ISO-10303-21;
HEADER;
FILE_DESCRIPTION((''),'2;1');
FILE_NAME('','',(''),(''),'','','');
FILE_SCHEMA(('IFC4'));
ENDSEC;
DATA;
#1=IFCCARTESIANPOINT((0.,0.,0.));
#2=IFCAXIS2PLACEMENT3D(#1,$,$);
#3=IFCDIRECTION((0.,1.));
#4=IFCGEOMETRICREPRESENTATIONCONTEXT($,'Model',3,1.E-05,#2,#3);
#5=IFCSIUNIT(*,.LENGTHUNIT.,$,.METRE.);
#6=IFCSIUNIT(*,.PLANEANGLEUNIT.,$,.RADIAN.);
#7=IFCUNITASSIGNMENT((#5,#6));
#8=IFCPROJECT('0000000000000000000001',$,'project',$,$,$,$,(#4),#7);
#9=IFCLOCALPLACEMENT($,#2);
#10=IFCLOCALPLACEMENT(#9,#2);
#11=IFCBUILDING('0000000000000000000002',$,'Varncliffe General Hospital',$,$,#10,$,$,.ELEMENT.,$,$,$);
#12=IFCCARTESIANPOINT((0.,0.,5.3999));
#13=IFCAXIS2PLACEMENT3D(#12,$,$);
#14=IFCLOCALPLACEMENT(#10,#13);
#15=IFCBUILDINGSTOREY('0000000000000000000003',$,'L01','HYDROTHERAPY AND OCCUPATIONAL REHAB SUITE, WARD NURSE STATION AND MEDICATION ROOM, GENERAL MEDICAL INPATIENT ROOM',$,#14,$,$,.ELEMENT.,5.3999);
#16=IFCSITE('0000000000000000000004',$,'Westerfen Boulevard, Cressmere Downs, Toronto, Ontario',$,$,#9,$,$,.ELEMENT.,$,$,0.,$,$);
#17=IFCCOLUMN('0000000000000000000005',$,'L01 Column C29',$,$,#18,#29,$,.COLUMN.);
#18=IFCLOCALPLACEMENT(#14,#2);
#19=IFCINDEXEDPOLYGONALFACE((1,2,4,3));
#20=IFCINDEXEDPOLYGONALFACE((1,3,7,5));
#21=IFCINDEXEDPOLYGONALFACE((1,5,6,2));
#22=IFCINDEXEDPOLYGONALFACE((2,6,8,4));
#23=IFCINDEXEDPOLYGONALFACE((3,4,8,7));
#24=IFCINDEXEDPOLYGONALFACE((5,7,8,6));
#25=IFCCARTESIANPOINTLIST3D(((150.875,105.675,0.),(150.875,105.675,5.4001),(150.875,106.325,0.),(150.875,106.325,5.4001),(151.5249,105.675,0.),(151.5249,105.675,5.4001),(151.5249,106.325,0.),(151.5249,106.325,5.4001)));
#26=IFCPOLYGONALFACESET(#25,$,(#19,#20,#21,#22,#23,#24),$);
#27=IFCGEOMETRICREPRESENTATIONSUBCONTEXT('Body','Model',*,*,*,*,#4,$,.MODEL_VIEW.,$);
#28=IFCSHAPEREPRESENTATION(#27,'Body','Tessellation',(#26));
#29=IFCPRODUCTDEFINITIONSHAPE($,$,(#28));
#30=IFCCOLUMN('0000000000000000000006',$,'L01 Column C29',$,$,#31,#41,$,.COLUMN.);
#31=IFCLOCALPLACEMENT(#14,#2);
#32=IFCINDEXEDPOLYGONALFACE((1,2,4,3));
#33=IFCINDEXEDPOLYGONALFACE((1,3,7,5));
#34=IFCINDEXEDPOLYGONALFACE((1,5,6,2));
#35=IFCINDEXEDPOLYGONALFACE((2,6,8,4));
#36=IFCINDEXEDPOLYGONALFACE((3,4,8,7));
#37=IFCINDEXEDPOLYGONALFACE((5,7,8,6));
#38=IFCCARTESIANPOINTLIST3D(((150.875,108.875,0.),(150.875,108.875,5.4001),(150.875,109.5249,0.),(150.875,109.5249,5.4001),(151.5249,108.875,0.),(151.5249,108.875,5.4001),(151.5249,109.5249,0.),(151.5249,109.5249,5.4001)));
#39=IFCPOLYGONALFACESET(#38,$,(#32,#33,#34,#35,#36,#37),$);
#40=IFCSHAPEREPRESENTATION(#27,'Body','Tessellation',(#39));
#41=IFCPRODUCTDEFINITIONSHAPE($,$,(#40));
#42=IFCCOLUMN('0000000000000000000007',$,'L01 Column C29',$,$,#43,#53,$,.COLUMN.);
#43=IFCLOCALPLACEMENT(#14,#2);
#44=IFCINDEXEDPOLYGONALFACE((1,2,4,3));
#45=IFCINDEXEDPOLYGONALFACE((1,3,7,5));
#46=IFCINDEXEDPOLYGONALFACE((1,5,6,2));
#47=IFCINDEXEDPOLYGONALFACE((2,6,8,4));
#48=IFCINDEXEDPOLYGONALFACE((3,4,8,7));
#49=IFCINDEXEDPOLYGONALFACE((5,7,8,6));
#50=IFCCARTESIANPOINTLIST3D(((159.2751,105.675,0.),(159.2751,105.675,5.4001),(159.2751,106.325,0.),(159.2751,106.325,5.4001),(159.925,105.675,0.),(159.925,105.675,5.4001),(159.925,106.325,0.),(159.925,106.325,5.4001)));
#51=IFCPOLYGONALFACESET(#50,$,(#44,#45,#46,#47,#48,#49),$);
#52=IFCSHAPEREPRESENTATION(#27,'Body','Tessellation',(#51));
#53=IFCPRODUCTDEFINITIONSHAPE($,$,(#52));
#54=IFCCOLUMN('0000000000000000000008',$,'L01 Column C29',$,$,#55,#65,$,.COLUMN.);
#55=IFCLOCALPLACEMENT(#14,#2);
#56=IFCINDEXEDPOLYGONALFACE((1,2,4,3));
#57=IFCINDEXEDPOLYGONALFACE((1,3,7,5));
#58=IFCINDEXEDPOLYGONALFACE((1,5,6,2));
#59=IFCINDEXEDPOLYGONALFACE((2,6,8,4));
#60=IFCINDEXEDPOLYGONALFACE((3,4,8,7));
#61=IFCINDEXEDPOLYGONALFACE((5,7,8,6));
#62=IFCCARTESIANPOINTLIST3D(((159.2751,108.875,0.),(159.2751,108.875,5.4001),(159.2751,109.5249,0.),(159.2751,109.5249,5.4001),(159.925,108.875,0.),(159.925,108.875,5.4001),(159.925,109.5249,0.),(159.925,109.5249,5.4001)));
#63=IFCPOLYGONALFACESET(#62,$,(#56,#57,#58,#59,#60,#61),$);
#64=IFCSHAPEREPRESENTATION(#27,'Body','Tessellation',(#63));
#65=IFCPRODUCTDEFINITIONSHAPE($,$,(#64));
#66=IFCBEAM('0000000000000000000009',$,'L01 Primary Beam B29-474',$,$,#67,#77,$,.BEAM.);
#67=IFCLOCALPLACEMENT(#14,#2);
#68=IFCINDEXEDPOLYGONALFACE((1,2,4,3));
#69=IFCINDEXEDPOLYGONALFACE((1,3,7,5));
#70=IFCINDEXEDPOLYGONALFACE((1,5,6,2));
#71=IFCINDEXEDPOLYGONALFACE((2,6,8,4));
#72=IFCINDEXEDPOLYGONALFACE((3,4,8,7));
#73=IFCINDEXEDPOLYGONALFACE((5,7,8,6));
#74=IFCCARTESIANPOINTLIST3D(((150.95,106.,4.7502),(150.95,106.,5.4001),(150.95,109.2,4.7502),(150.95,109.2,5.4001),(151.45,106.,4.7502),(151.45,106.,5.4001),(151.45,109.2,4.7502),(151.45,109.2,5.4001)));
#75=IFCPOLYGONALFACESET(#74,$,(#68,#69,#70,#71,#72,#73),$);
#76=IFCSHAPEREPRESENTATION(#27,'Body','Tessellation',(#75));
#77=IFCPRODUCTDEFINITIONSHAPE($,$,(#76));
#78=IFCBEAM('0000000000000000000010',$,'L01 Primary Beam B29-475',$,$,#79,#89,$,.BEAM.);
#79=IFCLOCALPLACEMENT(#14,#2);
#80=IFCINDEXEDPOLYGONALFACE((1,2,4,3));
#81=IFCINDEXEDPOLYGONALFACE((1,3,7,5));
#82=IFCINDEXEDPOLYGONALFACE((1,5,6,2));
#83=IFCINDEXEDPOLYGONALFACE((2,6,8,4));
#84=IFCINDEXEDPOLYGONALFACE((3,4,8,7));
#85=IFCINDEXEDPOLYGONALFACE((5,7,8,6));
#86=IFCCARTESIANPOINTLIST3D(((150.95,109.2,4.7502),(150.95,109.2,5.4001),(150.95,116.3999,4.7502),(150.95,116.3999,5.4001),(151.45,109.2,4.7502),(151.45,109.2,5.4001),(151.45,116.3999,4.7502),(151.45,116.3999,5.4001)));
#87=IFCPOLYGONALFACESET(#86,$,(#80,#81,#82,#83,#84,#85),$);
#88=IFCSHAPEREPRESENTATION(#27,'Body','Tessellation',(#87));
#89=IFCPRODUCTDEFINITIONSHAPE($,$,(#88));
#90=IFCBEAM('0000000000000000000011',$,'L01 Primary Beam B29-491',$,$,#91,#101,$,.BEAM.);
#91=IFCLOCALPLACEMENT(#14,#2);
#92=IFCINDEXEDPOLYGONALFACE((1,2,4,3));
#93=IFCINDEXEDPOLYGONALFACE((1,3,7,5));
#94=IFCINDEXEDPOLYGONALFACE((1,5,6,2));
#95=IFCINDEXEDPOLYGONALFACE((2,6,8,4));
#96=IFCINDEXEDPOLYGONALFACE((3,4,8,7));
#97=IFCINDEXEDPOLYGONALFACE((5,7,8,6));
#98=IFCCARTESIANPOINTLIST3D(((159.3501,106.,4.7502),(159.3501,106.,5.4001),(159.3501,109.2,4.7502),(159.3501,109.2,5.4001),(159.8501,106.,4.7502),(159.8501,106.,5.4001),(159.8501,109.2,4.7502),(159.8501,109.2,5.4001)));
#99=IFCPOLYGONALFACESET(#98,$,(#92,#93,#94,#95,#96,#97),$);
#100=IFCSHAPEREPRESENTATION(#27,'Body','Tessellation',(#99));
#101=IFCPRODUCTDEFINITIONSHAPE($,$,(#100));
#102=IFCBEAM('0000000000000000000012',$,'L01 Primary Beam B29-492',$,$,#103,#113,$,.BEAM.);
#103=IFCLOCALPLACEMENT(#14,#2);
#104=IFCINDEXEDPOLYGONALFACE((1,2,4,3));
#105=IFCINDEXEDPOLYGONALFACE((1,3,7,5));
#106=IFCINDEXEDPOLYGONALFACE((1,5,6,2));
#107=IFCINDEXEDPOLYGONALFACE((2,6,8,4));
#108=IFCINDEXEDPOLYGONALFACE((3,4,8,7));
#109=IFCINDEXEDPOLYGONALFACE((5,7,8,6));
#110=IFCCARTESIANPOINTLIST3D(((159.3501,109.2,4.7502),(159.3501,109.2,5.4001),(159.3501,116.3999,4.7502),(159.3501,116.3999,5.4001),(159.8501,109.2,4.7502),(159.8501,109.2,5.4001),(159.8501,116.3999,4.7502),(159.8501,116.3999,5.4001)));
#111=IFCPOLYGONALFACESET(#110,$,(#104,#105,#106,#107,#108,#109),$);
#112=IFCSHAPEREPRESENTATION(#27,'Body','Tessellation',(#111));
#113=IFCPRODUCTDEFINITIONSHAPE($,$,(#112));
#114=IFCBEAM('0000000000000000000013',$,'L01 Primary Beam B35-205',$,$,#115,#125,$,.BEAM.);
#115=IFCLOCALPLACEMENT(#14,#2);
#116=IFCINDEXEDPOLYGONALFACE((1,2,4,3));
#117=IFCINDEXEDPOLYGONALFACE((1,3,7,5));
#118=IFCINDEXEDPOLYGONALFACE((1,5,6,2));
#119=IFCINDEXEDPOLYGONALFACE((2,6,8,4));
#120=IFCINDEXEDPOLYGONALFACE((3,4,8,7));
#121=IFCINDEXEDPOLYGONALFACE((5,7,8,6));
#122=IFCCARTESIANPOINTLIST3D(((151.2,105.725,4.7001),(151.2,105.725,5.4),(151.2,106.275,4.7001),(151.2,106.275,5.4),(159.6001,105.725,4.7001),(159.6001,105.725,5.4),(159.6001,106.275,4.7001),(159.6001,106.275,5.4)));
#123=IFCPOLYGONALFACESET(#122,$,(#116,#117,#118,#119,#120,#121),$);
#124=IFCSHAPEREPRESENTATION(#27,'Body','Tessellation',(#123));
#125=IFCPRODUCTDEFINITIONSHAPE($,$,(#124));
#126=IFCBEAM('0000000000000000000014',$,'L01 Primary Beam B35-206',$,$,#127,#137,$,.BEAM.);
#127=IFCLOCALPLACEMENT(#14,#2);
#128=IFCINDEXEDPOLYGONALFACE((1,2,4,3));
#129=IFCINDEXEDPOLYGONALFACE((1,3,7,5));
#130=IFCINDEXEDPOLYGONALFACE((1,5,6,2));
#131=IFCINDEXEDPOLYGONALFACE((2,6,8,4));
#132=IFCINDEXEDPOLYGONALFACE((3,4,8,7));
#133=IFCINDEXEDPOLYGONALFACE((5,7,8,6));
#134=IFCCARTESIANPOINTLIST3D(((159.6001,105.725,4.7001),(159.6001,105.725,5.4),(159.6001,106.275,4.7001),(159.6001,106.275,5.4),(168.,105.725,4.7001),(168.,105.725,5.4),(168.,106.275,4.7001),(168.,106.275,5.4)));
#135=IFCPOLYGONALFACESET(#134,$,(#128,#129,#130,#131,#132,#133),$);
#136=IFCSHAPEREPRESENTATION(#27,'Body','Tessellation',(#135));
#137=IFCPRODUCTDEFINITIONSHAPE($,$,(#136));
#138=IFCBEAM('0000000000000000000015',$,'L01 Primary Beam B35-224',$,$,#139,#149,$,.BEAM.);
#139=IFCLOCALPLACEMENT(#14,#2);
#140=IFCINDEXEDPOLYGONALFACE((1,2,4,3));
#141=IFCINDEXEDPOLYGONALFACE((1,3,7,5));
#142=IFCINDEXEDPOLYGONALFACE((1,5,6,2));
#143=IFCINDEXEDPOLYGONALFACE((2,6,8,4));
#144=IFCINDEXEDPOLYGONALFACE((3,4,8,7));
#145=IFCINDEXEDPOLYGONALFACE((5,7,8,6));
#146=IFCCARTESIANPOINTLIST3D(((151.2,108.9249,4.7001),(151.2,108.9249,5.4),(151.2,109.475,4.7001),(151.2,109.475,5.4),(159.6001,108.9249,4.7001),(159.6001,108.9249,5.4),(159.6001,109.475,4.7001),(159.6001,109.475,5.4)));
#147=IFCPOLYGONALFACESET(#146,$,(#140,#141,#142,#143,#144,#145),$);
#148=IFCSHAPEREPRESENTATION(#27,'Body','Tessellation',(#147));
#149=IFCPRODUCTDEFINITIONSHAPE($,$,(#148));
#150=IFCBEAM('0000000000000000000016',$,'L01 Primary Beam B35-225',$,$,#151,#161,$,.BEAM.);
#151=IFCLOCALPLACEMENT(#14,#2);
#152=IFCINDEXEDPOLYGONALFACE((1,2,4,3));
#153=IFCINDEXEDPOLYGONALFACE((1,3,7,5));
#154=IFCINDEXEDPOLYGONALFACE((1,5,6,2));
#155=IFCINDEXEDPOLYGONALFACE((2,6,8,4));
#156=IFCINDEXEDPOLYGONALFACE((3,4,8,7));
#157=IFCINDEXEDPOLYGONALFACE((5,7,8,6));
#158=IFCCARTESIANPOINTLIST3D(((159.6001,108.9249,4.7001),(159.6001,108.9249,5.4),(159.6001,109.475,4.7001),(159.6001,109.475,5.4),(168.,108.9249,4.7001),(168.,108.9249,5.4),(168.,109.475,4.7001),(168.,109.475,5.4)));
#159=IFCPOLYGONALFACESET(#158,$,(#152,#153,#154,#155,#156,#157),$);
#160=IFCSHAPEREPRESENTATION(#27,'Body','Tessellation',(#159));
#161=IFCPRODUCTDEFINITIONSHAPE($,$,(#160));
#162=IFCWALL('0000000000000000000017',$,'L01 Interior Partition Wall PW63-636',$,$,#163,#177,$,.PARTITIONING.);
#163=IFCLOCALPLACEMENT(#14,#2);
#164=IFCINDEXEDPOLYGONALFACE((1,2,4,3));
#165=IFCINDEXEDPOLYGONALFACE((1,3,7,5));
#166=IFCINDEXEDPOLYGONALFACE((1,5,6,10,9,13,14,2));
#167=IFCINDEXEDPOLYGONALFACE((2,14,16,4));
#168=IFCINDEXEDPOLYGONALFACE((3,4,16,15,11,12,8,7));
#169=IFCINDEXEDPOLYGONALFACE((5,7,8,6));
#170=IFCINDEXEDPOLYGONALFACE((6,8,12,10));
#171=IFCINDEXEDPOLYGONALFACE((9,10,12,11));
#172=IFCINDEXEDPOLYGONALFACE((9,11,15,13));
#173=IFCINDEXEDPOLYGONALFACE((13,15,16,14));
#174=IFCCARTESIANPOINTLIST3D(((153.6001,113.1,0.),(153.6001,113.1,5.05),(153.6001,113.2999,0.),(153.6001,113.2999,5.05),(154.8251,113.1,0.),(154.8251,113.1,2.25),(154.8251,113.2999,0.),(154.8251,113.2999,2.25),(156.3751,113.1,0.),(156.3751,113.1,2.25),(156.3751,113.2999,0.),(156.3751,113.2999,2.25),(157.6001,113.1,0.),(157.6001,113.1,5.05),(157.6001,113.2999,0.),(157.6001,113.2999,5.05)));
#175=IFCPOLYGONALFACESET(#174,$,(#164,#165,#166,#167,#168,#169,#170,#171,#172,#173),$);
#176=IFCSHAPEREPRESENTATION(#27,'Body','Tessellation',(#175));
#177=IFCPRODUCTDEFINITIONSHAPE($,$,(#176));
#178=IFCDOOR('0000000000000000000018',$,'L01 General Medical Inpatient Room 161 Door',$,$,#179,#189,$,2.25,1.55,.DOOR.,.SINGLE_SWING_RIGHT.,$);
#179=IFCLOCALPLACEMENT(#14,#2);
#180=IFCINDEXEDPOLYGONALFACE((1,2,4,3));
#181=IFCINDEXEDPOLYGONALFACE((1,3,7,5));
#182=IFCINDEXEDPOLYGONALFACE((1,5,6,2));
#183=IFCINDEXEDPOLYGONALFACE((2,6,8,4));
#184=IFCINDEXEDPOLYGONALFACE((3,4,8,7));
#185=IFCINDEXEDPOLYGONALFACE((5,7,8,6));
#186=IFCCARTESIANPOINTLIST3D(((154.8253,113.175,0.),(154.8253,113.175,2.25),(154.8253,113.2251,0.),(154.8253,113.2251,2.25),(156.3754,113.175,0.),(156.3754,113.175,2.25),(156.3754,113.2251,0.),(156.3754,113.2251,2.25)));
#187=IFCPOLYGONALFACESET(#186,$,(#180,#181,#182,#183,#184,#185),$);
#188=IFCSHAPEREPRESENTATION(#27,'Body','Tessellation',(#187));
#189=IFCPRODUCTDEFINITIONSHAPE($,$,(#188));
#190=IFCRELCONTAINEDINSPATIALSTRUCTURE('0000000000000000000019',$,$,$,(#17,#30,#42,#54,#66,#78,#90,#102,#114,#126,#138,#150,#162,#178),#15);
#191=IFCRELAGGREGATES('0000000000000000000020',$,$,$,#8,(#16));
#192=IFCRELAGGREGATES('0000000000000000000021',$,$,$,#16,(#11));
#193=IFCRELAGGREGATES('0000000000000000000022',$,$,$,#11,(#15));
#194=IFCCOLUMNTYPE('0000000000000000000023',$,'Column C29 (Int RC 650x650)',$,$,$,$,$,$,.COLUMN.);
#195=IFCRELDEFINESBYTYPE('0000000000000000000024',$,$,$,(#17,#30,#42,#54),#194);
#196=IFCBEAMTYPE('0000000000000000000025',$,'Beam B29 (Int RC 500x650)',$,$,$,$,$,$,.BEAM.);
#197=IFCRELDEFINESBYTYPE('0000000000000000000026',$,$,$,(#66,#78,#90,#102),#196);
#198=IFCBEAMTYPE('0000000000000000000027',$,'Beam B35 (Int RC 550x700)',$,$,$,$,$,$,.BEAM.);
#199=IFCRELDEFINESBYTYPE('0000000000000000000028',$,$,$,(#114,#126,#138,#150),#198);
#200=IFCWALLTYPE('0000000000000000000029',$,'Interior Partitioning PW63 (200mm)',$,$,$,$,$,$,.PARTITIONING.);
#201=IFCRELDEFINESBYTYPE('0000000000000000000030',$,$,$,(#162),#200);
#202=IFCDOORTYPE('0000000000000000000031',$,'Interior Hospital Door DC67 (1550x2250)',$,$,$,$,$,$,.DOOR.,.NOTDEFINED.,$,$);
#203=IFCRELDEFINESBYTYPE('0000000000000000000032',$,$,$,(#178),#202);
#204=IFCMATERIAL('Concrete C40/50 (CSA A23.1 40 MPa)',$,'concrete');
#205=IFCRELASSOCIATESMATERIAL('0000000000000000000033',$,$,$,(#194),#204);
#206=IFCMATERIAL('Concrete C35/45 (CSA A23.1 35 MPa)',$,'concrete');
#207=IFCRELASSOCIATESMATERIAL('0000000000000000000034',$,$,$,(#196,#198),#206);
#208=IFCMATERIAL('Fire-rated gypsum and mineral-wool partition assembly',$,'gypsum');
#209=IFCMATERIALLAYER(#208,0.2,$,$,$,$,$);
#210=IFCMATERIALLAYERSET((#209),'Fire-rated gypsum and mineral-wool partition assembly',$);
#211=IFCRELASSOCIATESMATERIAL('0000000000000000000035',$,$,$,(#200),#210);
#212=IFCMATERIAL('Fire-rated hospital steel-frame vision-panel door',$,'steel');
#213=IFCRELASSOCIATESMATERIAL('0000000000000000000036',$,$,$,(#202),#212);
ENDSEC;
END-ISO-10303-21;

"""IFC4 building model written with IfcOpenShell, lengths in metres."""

from ifc_helpers import new_model, si_unit, direction, frame, frame_2d, origin, origin_2d, place, context, subcontext, project, spatial, rectangle, extrude, material, layer, layer_set, material_profile, profile_set, type_object, element, fill, save


model = new_model("IFC4")

# Units and contexts
model_context = context("Model", 3, precision=1e-05, world=origin(), true_north=direction((0.0, 1.0)))
body_context = subcontext(model_context, "Body", "Model", "MODEL_VIEW")
ifc_project = project(units=[si_unit("LENGTHUNIT", "METRE"), si_unit("PLANEANGLEUNIT", "RADIAN")], contexts=[model_context])

# Site, building, storey
site_placement = place(None, origin())
site = spatial("IfcSite", under=ifc_project, at=site_placement, Name="Westerfen Boulevard, Cressmere Downs, Toronto, Ontario", CompositionType="ELEMENT", RefElevation=0.0)
building_placement = place(site_placement, origin())
building = spatial("IfcBuilding", under=site, at=building_placement, Name="Varncliffe General Hospital", CompositionType="ELEMENT")
storey_placement = place(building_placement, frame((0.0, 0.0, 5.3999)))
storey = spatial("IfcBuildingStorey", under=building, at=storey_placement, Name="L01", Description="HYDROTHERAPY AND OCCUPATIONAL REHAB SUITE, WARD NURSE STATION AND MEDICATION ROOM, GENERAL MEDICAL INPATIENT ROOM", CompositionType="ELEMENT", Elevation=5.3999)

# Columns
ifc_material_1 = material(Name="Concrete C40/50 (CSA A23.1 40 MPa)", Category="concrete")
ifc_material_profile_1 = material_profile(ifc_material_1, rectangle(XDim=0.6499, YDim=0.6499, at=origin_2d()), Name="RC 650x650")
ifc_profile_set_1 = profile_set([ifc_material_profile_1], Name="Concrete C40/50 (CSA A23.1 40 MPa)")
column_type = type_object("IfcColumnType", Name="Column C29 (Int RC 650x650)", PredefinedType="COLUMN", material=ifc_profile_set_1)
for number, where, z_axis, x_axis, name in (
    (1, (151.2, 106.0, 0.0), (0.0, 0.0, 1.0), (1.0, 0.0, 0.0), "L01 Column C29"),
    (2, (151.2, 109.2, 0.0), (0.0, 0.0, 1.0), (1.0, 0.0, 0.0), "L01 Column C29"),
    (3, (159.6001, 106.0, 0.0), (0.0, 0.0, 1.0), (1.0, 0.0, 0.0), "L01 Column C29"),
    (4, (159.6001, 109.2, 0.0), (0.0, 0.0, 1.0), (1.0, 0.0, 0.0), "L01 Column C29"),
):
    element("IfcColumn", number, at=place(storey_placement, frame(where, z_axis=z_axis, x_axis=x_axis)), inside=storey, type_object=column_type, Name=name, PredefinedType="COLUMN", context=body_context, shape_type="SweptSolid", body=[
        extrude(rectangle(XDim=0.6499, YDim=0.6499, at=origin_2d()), origin(), (0.0, 0.0, 1.0), 5.4001),
    ])

# Beams
ifc_material_2 = material(Name="Concrete C35/45 (CSA A23.1 35 MPa)", Category="concrete")
ifc_material_profile_2 = material_profile(ifc_material_2, rectangle(XDim=0.5, YDim=0.6499, at=origin_2d()), Name="RC 500x650")
ifc_profile_set_2 = profile_set([ifc_material_profile_2], Name="Concrete C35/45 (CSA A23.1 35 MPa)")
beam_type_1 = type_object("IfcBeamType", Name="Beam B29 (Int RC 500x650)", PredefinedType="BEAM", material=ifc_profile_set_2)
beam_1_placement = place(storey_placement, frame((151.2, 106.0, 5.0752), z_axis=(0.0, 1.0, 0.0), x_axis=(-1.0, 0.0, 0.0)))
element("IfcBeam", 5, at=beam_1_placement, inside=storey, type_object=beam_type_1, Name="L01 Primary Beam B29-474", PredefinedType="BEAM", context=body_context, shape_type="SweptSolid", body=[
    extrude(rectangle(XDim=0.5, YDim=0.6499, at=origin_2d()), origin(), (0.0, 0.0, 1.0), 3.2),
])
beam_2_placement = place(storey_placement, frame((151.2, 109.2, 5.0752), z_axis=(0.0, 1.0, 0.0), x_axis=(-1.0, 0.0, 0.0)))
element("IfcBeam", 6, at=beam_2_placement, inside=storey, type_object=beam_type_1, Name="L01 Primary Beam B29-475", PredefinedType="BEAM", context=body_context, shape_type="SweptSolid", body=[
    extrude(rectangle(XDim=0.5, YDim=0.6499, at=origin_2d()), origin(), (0.0, 0.0, 1.0), 7.2),
])
beam_3_placement = place(storey_placement, frame((159.6001, 106.0, 5.0752), z_axis=(0.0, 1.0, 0.0), x_axis=(-1.0, 0.0, 0.0)))
element("IfcBeam", 7, at=beam_3_placement, inside=storey, type_object=beam_type_1, Name="L01 Primary Beam B29-491", PredefinedType="BEAM", context=body_context, shape_type="SweptSolid", body=[
    extrude(rectangle(XDim=0.5, YDim=0.6499, at=origin_2d()), origin(), (0.0, 0.0, 1.0), 3.2),
])
beam_4_placement = place(storey_placement, frame((159.6001, 109.2, 5.0752), z_axis=(0.0, 1.0, 0.0), x_axis=(-1.0, 0.0, 0.0)))
element("IfcBeam", 8, at=beam_4_placement, inside=storey, type_object=beam_type_1, Name="L01 Primary Beam B29-492", PredefinedType="BEAM", context=body_context, shape_type="SweptSolid", body=[
    extrude(rectangle(XDim=0.5, YDim=0.6499, at=origin_2d()), origin(), (0.0, 0.0, 1.0), 7.2),
])
ifc_material_profile_3 = material_profile(ifc_material_2, rectangle(XDim=0.55, YDim=0.7, at=origin_2d()), Name="RC 550x700")
ifc_profile_set_3 = profile_set([ifc_material_profile_3], Name="Concrete C35/45 (CSA A23.1 35 MPa)")
beam_type_2 = type_object("IfcBeamType", Name="Beam B35 (Int RC 550x700)", PredefinedType="BEAM", material=ifc_profile_set_3)
beam_5_placement = place(storey_placement, frame((151.2, 106.0, 5.05), z_axis=(1.0, 0.0, 0.0), x_axis=(0.0, 1.0, 0.0)))
element("IfcBeam", 9, at=beam_5_placement, inside=storey, type_object=beam_type_2, Name="L01 Primary Beam B35-205", PredefinedType="BEAM", context=body_context, shape_type="SweptSolid", body=[
    extrude(rectangle(XDim=0.55, YDim=0.7, at=origin_2d()), origin(), (0.0, 0.0, 1.0), 8.4001),
])
beam_6_placement = place(storey_placement, frame((159.6001, 106.0, 5.05), z_axis=(1.0, 0.0, 0.0), x_axis=(0.0, 1.0, 0.0)))
element("IfcBeam", 10, at=beam_6_placement, inside=storey, type_object=beam_type_2, Name="L01 Primary Beam B35-206", PredefinedType="BEAM", context=body_context, shape_type="SweptSolid", body=[
    extrude(rectangle(XDim=0.55, YDim=0.7, at=origin_2d()), origin(), (0.0, 0.0, 1.0), 8.3999),
])
beam_7_placement = place(storey_placement, frame((151.2, 109.2, 5.05), z_axis=(1.0, 0.0, 0.0), x_axis=(0.0, 1.0, 0.0)))
element("IfcBeam", 11, at=beam_7_placement, inside=storey, type_object=beam_type_2, Name="L01 Primary Beam B35-224", PredefinedType="BEAM", context=body_context, shape_type="SweptSolid", body=[
    extrude(rectangle(XDim=0.55, YDim=0.7, at=origin_2d()), origin(), (0.0, 0.0, 1.0), 8.4001),
])
beam_8_placement = place(storey_placement, frame((159.6001, 109.2, 5.05), z_axis=(1.0, 0.0, 0.0), x_axis=(0.0, 1.0, 0.0)))
element("IfcBeam", 12, at=beam_8_placement, inside=storey, type_object=beam_type_2, Name="L01 Primary Beam B35-225", PredefinedType="BEAM", context=body_context, shape_type="SweptSolid", body=[
    extrude(rectangle(XDim=0.55, YDim=0.7, at=origin_2d()), origin(), (0.0, 0.0, 1.0), 8.3999),
])

# Wall, opening, door
ifc_material_3 = material(Name="Fire-rated gypsum and mineral-wool partition assembly", Category="gypsum")
ifc_layer_1 = layer(ifc_material_3, 0.2)
ifc_layer_set_1 = layer_set([ifc_layer_1], Name="Fire-rated gypsum and mineral-wool partition assembly")
wall_type_1 = type_object("IfcWallType", Name="Interior Partitioning PW63 (200mm)", PredefinedType="PARTITIONING", material=ifc_layer_set_1)
wall_1_placement = place(storey_placement, frame((153.6001, 113.2, 0.0), z_axis=(0.0, 0.0, 1.0), x_axis=(1.0, 0.0, 0.0)))
wall_1 = element("IfcWall", 13, at=wall_1_placement, inside=storey, type_object=wall_type_1, Name="L01 Interior Partition Wall PW63-636", PredefinedType="PARTITIONING", context=body_context, shape_type="SweptSolid", body=[
    extrude(rectangle(XDim=4.0, YDim=0.2, at=frame_2d((2.0, 0.0))), origin(), (0.0, 0.0, 1.0), 5.05),
])
opening_1_placement = place(wall_1_placement, frame((1.2251, 0.0, 0.0)))
opening_1 = element("IfcOpeningElement", 14, at=opening_1_placement, cuts=wall_1, PredefinedType="OPENING", context=body_context, shape_type="SweptSolid", body=[
    extrude(rectangle(XDim=1.55, YDim=2.25, at=frame_2d((0.7749, 1.125))), frame((0.0, 0.1099, 0.0), z_axis=(0.0, -1.0, 0.0), x_axis=(1.0, 0.0, 0.0)), (0.0, 0.0, 1.0), 0.22),
])
ifc_material_4 = material(Name="Fire-rated hospital steel-frame vision-panel door", Category="steel")
door_type_1 = type_object("IfcDoorType", Name="Interior Hospital Door DC67 (1550x2250)", OperationType="NOTDEFINED", PredefinedType="DOOR", material=ifc_material_4)
door_1_placement = place(opening_1_placement, frame((1.55, 0.0, 0.0), z_axis=(0.0, 0.0, 1.0), x_axis=(-1.0, 0.0, 0.0)))
door_1 = element("IfcDoor", 15, at=door_1_placement, inside=storey, type_object=door_type_1, Name="L01 General Medical Inpatient Room 161 Door", OperationType="SINGLE_SWING_RIGHT", OverallHeight=2.25, OverallWidth=1.55, PredefinedType="DOOR", context=body_context, shape_type="SweptSolid", body=[
    extrude(rectangle(XDim=1.55, YDim=2.25, at=frame_2d((0.7749, 1.125))), frame((0.0, 0.0249, 0.0), z_axis=(0.0, -1.0, 0.0), x_axis=(1.0, 0.0, 0.0)), (0.0, 0.0, 1.0), 0.05),
])
fill(opening_1, door_1)

save(model, "model.ifc")
